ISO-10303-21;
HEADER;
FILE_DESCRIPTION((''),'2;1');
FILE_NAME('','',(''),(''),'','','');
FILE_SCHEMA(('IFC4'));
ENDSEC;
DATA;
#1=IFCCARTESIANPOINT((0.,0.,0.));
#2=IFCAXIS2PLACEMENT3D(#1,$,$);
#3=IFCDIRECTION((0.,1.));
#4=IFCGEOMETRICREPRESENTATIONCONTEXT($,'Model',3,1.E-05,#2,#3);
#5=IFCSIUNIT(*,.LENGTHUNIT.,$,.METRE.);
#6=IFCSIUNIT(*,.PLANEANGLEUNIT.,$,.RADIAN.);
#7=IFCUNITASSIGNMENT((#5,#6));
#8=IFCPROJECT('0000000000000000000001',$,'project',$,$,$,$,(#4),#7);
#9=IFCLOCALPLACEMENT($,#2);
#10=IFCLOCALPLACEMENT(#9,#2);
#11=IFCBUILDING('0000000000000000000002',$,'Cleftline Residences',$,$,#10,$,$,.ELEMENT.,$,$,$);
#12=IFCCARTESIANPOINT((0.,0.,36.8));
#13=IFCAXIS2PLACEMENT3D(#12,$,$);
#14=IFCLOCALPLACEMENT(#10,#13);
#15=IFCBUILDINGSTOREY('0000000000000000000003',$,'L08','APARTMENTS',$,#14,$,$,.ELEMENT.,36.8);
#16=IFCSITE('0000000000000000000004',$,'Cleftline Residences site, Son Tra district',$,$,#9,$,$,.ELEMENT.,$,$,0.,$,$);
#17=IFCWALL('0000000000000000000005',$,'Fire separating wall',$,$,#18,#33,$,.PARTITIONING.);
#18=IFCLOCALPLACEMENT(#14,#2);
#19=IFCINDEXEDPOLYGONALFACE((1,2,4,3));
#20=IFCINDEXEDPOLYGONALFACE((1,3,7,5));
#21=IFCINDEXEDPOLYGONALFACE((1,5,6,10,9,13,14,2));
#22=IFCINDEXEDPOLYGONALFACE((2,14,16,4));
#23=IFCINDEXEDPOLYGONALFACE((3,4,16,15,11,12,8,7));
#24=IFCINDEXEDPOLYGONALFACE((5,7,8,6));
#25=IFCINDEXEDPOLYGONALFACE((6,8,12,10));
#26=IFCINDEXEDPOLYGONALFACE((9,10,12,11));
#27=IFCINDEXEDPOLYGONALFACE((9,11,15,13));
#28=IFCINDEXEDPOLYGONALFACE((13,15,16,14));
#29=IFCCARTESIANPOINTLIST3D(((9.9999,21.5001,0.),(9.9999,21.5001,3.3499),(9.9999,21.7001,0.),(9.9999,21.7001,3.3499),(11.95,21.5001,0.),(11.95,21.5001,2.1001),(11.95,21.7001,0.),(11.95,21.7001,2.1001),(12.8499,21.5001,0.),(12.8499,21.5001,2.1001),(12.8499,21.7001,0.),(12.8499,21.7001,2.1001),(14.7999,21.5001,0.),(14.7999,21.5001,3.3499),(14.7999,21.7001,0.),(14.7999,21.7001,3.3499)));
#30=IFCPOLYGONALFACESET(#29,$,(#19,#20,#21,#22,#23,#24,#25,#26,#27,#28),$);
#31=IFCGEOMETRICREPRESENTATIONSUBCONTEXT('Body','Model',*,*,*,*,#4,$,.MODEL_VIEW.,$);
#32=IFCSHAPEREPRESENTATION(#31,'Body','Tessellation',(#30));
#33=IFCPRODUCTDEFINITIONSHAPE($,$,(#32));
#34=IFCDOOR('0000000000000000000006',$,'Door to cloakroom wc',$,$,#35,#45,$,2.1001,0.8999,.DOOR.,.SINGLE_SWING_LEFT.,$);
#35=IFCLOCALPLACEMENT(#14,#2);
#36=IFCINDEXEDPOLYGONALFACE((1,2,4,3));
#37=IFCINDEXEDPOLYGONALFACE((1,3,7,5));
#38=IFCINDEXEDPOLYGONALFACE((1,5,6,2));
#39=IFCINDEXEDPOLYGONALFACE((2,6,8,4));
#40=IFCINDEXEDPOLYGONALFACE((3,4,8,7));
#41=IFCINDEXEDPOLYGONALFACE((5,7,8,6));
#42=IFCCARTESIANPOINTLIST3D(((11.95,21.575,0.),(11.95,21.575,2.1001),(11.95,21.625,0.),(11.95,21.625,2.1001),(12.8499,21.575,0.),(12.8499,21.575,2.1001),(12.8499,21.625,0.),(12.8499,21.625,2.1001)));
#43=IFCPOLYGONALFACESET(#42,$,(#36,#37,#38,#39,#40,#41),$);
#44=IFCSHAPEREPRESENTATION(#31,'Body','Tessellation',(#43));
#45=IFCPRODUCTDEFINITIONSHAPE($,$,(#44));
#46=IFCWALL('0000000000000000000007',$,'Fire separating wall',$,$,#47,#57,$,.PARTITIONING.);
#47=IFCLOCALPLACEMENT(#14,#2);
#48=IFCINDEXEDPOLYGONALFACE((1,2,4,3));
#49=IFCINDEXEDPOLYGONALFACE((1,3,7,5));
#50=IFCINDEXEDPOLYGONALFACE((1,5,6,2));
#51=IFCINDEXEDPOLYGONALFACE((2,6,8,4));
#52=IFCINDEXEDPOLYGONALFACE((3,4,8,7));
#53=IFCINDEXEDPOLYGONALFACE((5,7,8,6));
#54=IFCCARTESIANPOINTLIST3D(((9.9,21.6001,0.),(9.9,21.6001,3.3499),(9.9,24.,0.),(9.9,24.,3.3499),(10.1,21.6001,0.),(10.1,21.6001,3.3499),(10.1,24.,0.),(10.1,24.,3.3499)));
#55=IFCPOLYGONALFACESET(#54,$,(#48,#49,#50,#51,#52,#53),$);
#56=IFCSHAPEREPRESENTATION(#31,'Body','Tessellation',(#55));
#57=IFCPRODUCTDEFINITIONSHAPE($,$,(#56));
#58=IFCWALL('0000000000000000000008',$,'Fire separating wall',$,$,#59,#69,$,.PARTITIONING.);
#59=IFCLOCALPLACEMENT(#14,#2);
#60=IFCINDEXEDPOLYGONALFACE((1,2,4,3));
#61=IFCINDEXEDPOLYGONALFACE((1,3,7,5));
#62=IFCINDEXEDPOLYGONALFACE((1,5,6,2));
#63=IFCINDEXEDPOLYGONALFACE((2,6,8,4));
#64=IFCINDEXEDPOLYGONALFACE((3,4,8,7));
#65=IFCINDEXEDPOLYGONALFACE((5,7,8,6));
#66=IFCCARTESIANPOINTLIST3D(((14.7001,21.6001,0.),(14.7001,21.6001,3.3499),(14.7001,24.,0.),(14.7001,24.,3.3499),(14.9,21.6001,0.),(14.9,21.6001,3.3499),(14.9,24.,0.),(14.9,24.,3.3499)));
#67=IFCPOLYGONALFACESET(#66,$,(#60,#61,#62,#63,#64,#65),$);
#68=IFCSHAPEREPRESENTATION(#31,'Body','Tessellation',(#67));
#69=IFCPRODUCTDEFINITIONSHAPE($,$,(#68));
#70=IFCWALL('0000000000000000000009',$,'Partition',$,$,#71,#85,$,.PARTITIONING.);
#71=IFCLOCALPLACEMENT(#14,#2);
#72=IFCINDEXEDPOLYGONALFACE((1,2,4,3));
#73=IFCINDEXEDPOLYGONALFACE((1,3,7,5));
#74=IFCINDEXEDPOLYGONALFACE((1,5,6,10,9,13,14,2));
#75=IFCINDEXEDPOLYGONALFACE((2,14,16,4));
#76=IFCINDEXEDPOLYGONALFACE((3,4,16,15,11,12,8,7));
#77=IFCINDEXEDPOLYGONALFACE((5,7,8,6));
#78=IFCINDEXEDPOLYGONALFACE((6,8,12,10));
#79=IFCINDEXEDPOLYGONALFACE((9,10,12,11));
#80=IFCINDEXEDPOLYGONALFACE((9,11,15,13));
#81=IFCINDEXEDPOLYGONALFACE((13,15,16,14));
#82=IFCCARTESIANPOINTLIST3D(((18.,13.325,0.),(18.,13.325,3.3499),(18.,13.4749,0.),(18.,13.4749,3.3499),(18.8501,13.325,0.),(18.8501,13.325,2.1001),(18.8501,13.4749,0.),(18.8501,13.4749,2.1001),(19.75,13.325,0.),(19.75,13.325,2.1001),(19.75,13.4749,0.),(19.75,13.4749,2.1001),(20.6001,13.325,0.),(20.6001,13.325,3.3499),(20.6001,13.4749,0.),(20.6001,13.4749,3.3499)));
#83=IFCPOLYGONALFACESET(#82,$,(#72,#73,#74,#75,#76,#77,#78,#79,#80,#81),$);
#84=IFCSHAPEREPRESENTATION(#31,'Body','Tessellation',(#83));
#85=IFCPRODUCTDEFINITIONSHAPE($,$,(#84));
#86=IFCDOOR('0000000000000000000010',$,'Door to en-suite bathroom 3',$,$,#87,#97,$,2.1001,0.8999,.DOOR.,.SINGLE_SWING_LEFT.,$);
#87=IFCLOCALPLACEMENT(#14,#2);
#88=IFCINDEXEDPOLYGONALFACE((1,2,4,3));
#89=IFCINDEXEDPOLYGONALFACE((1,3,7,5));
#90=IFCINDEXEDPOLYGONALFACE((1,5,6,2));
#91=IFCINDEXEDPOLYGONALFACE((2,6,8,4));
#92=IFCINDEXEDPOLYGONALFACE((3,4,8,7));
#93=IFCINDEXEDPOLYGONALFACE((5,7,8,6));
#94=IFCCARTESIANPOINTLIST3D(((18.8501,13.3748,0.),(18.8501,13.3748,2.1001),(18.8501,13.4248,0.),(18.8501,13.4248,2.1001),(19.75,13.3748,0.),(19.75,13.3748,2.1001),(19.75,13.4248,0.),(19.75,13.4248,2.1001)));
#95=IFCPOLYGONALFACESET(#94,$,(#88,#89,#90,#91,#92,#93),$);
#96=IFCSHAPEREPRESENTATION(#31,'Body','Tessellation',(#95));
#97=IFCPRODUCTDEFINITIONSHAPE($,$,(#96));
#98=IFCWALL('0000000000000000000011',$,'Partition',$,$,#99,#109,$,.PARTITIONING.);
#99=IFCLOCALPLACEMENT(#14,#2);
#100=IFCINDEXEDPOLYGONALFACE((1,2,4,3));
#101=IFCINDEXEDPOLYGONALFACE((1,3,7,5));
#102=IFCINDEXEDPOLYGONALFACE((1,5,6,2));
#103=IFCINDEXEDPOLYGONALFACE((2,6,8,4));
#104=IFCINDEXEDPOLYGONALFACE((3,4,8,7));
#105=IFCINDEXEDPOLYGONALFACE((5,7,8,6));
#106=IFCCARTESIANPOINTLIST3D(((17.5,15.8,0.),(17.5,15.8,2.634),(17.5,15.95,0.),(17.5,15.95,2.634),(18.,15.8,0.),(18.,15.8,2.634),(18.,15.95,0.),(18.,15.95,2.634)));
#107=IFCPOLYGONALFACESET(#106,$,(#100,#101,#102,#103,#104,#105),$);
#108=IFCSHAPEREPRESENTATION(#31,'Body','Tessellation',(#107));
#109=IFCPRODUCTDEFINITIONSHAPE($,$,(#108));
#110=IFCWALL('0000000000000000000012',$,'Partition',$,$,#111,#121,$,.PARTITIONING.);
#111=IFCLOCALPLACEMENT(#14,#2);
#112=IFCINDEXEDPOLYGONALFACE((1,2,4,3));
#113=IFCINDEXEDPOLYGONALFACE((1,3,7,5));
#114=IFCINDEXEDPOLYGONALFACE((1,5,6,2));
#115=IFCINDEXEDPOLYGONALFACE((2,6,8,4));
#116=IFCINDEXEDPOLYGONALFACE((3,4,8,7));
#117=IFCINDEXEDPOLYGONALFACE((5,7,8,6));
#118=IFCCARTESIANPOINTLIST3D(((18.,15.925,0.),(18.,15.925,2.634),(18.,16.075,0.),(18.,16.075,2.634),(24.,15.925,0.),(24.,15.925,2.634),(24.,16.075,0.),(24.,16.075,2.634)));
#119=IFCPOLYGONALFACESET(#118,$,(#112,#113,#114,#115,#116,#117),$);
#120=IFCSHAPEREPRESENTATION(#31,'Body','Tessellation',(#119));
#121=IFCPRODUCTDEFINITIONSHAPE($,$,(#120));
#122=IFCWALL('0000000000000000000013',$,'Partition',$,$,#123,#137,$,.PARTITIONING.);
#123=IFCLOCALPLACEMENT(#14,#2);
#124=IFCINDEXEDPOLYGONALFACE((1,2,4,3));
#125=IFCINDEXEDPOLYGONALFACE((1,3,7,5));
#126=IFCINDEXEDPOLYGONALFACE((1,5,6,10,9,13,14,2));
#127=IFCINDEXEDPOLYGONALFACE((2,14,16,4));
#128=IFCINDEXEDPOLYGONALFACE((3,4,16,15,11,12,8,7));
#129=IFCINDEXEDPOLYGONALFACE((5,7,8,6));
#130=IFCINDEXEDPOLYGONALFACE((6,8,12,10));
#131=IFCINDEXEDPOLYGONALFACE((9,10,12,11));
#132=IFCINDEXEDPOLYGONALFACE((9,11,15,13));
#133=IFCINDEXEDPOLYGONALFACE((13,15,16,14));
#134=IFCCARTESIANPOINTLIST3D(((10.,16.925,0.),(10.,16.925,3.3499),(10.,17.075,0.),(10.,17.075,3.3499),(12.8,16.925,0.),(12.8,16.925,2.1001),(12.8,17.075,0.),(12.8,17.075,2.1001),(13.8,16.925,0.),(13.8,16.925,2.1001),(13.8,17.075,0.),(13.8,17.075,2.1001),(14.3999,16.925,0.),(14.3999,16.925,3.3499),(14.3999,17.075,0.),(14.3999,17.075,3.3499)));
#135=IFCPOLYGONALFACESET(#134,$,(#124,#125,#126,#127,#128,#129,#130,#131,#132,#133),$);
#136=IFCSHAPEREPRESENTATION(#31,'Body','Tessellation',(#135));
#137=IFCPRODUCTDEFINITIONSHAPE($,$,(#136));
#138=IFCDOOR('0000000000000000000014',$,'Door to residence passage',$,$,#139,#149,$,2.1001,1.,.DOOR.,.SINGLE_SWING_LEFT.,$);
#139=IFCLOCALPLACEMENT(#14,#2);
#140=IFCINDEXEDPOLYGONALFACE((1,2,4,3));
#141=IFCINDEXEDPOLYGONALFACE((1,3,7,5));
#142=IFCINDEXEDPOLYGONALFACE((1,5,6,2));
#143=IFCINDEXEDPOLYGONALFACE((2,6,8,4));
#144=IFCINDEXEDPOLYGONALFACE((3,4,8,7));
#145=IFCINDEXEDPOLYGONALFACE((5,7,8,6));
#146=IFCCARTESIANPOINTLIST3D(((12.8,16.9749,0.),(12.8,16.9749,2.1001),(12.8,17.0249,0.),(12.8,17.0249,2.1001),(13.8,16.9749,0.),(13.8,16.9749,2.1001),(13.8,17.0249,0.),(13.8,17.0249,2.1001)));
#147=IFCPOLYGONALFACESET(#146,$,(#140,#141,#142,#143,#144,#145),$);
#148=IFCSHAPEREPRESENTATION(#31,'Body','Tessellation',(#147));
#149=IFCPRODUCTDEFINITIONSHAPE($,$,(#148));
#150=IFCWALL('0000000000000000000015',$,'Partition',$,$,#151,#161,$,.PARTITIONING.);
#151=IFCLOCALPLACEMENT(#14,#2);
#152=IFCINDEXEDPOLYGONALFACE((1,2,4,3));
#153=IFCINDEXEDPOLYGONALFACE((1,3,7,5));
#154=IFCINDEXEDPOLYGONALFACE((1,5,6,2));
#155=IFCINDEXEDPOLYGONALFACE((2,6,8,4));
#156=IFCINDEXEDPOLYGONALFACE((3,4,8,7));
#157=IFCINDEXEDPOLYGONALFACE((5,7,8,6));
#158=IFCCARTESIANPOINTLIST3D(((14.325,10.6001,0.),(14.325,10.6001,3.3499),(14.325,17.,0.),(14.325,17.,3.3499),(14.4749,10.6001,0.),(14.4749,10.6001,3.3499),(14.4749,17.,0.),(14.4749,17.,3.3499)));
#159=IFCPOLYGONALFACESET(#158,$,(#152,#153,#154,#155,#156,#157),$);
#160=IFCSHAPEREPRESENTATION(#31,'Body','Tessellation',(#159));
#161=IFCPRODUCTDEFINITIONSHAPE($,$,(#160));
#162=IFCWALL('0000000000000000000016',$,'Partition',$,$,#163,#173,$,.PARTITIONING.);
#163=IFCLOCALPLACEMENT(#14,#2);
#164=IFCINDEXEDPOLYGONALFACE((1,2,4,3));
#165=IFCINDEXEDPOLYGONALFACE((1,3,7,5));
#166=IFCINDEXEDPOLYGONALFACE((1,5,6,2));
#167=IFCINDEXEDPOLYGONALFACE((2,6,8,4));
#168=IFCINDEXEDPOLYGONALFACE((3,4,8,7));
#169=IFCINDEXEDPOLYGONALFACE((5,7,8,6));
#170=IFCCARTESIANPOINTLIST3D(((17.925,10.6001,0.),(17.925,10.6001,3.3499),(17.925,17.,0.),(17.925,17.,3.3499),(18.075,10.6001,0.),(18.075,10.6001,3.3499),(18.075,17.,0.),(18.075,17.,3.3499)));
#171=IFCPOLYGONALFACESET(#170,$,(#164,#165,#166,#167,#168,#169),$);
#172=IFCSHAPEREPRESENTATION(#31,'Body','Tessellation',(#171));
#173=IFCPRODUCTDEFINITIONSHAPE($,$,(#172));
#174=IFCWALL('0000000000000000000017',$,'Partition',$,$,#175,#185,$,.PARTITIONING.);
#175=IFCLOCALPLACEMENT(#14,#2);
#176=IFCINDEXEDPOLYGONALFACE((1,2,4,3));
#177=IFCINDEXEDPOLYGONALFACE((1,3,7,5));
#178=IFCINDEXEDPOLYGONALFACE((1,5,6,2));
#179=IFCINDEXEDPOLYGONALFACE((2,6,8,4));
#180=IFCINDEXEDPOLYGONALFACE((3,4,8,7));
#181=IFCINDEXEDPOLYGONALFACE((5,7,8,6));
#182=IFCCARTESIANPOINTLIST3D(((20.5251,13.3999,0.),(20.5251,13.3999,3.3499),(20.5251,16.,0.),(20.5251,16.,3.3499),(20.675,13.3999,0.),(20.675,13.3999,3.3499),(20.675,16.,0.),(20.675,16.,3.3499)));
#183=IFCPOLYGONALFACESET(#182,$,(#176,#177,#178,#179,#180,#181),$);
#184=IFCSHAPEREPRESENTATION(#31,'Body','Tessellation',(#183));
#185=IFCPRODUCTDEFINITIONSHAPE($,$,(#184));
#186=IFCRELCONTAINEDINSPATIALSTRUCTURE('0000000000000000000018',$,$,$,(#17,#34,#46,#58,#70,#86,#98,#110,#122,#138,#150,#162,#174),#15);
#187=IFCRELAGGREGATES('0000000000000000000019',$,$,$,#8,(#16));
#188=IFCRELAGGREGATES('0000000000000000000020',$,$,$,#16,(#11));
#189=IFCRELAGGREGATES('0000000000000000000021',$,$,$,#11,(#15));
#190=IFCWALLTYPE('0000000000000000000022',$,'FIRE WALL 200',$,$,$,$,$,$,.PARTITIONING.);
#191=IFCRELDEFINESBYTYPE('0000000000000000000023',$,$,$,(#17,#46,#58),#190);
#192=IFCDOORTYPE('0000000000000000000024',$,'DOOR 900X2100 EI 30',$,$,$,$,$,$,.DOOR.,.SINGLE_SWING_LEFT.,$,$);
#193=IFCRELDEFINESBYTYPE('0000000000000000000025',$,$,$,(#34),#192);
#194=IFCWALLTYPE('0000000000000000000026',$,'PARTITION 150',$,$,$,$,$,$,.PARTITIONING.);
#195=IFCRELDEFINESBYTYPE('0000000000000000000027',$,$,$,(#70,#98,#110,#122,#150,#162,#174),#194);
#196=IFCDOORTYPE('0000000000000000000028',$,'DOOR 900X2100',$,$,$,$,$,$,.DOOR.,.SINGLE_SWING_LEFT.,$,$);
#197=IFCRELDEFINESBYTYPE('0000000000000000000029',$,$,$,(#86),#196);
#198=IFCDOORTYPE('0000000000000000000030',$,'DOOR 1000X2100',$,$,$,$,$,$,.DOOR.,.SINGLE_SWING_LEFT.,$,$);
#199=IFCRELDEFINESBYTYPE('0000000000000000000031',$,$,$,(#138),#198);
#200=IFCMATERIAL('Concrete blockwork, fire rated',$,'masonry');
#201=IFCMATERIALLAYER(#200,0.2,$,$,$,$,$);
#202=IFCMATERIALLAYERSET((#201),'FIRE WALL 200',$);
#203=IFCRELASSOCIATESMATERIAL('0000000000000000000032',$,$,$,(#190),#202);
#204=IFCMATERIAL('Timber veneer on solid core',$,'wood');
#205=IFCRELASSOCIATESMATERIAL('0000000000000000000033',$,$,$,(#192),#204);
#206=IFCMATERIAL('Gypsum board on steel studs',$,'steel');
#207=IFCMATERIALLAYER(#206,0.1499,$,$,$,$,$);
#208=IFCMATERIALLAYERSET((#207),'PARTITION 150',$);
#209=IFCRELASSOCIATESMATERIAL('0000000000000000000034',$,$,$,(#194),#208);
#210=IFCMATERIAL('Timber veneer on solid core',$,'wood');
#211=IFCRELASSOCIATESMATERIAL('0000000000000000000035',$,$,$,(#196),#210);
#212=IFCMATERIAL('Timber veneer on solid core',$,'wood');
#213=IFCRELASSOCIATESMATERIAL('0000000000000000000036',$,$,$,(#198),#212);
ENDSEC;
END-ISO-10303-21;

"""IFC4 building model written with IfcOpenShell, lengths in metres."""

from ifc_helpers import new_model, si_unit, direction, frame, frame_2d, origin, place, context, subcontext, project, spatial, rectangle, extrude, material, layer, layer_set, type_object, element, fill, save


model = new_model("IFC4")

# Units and contexts
model_context = context("Model", 3, precision=1e-05, world=origin(), true_north=direction((0.0, 1.0)))
body_context = subcontext(model_context, "Body", "Model", "MODEL_VIEW")
ifc_project = project(units=[si_unit("LENGTHUNIT", "METRE"), si_unit("PLANEANGLEUNIT", "RADIAN")], contexts=[model_context])

# Site, building, storey
site_placement = place(None, origin())
site = spatial("IfcSite", under=ifc_project, at=site_placement, Name="Cleftline Residences site, Son Tra district", CompositionType="ELEMENT", RefElevation=0.0)
building_placement = place(site_placement, origin())
building = spatial("IfcBuilding", under=site, at=building_placement, Name="Cleftline Residences", CompositionType="ELEMENT")
storey_placement = place(building_placement, frame((0.0, 0.0, 36.8)))
storey = spatial("IfcBuildingStorey", under=building, at=storey_placement, Name="L08", Description="APARTMENTS", CompositionType="ELEMENT", Elevation=36.8)

# Shared definitions
ifc_material_1 = material(Name="Concrete blockwork, fire rated", Category="masonry")
ifc_layer_1 = layer(ifc_material_1, 0.2)
ifc_layer_set_1 = layer_set([ifc_layer_1], Name="FIRE WALL 200")
wall_type_1 = type_object("IfcWallType", Name="FIRE WALL 200", PredefinedType="PARTITIONING", material=ifc_layer_set_1)

# Wall, opening, door
wall_1_placement = place(storey_placement, frame((10.0, 21.6001, 0.0), z_axis=(0.0, 0.0, 1.0), x_axis=(1.0, 0.0, 0.0)))
wall_1 = element("IfcWall", 1, at=wall_1_placement, inside=storey, type_object=wall_type_1, Name="Fire separating wall", PredefinedType="PARTITIONING", context=body_context, shape_type="SweptSolid", body=[
    extrude(rectangle(XDim=4.8, YDim=0.2, at=frame_2d((2.3999, 0.0))), origin(), (0.0, 0.0, 1.0), 3.3499),
])
opening_1_placement = place(wall_1_placement, frame((1.95, 0.0, 0.0)))
opening_1 = element("IfcOpeningElement", 2, at=opening_1_placement, cuts=wall_1, PredefinedType="OPENING", context=body_context, shape_type="SweptSolid", body=[
    extrude(rectangle(XDim=0.8999, YDim=2.1001, at=frame_2d((0.45, 1.05))), frame((0.0, 0.1099, 0.0), z_axis=(0.0, -1.0, 0.0), x_axis=(1.0, 0.0, 0.0)), (0.0, 0.0, 1.0), 0.22),
])
ifc_material_2 = material(Name="Timber veneer on solid core", Category="wood")
door_type_1 = type_object("IfcDoorType", Name="DOOR 900X2100 EI 30", OperationType="SINGLE_SWING_LEFT", PredefinedType="DOOR", material=ifc_material_2)
door_1_placement = place(opening_1_placement, origin())
door_1 = element("IfcDoor", 3, at=door_1_placement, inside=storey, type_object=door_type_1, Name="Door to cloakroom wc", OperationType="SINGLE_SWING_LEFT", OverallHeight=2.1001, OverallWidth=0.8999, PredefinedType="DOOR", context=body_context, shape_type="SweptSolid", body=[
    extrude(rectangle(XDim=0.8999, YDim=2.1001, at=frame_2d((0.45, 1.05))), frame((0.0, 0.0249, 0.0), z_axis=(0.0, -1.0, 0.0), x_axis=(1.0, 0.0, 0.0)), (0.0, 0.0, 1.0), 0.05),
])
fill(opening_1, door_1)

# Walls
for number, where, z_axis, x_axis, name in (
    (4, (10.0, 21.6001, 0.0), (0.0, 0.0, 1.0), (0.0, 1.0, 0.0), "Fire separating wall"),
    (5, (14.8, 21.6001, 0.0), (0.0, 0.0, 1.0), (0.0, 1.0, 0.0), "Fire separating wall"),
):
    element("IfcWall", number, at=place(storey_placement, frame(where, z_axis=z_axis, x_axis=x_axis)), inside=storey, type_object=wall_type_1, Name=name, PredefinedType="PARTITIONING", context=body_context, shape_type="SweptSolid", body=[
        extrude(rectangle(XDim=2.3999, YDim=0.2, at=frame_2d((1.2, 0.0))), origin(), (0.0, 0.0, 1.0), 3.3499),
    ])

# Wall, opening, door
ifc_material_3 = material(Name="Gypsum board on steel studs", Category="steel")
ifc_layer_2 = layer(ifc_material_3, 0.1499)
ifc_layer_set_2 = layer_set([ifc_layer_2], Name="PARTITION 150")
wall_type_2 = type_object("IfcWallType", Name="PARTITION 150", PredefinedType="PARTITIONING", material=ifc_layer_set_2)
wall_2_placement = place(storey_placement, frame((18.0, 13.3999, 0.0), z_axis=(0.0, 0.0, 1.0), x_axis=(1.0, 0.0, 0.0)))
wall_2 = element("IfcWall", 6, at=wall_2_placement, inside=storey, type_object=wall_type_2, Name="Partition", PredefinedType="PARTITIONING", context=body_context, shape_type="SweptSolid", body=[
    extrude(rectangle(XDim=2.6001, YDim=0.1499, at=frame_2d((1.3, 0.0))), origin(), (0.0, 0.0, 1.0), 3.3499),
])
opening_2_placement = place(wall_2_placement, frame((0.8501, 0.0, 0.0)))
opening_2 = element("IfcOpeningElement", 7, at=opening_2_placement, cuts=wall_2, PredefinedType="OPENING", context=body_context, shape_type="SweptSolid", body=[
    extrude(rectangle(XDim=0.8999, YDim=2.1001, at=frame_2d((0.45, 1.05))), frame((0.0, 0.085, 0.0), z_axis=(0.0, -1.0, 0.0), x_axis=(1.0, 0.0, 0.0)), (0.0, 0.0, 1.0), 0.1699),
])
ifc_material_4 = material(Name="Timber veneer on solid core", Category="wood")
door_type_2 = type_object("IfcDoorType", Name="DOOR 900X2100", OperationType="SINGLE_SWING_LEFT", PredefinedType="DOOR", material=ifc_material_4)
door_2_placement = place(opening_2_placement, origin())
door_2 = element("IfcDoor", 8, at=door_2_placement, inside=storey, type_object=door_type_2, Name="Door to en-suite bathroom 3", OperationType="SINGLE_SWING_LEFT", OverallHeight=2.1001, OverallWidth=0.8999, PredefinedType="DOOR", context=body_context, shape_type="SweptSolid", body=[
    extrude(rectangle(XDim=0.8999, YDim=2.1001, at=frame_2d((0.45, 1.05))), frame((0.0, 0.0249, 0.0), z_axis=(0.0, -1.0, 0.0), x_axis=(1.0, 0.0, 0.0)), (0.0, 0.0, 1.0), 0.05),
])
fill(opening_2, door_2)

# Walls
wall_3_placement = place(storey_placement, frame((17.5, 15.875, 0.0), z_axis=(0.0, 0.0, 1.0), x_axis=(1.0, 0.0, 0.0)))
element("IfcWall", 9, at=wall_3_placement, inside=storey, type_object=wall_type_2, Name="Partition", PredefinedType="PARTITIONING", context=body_context, shape_type="SweptSolid", body=[
    extrude(rectangle(XDim=0.5, YDim=0.1499, at=frame_2d((0.25, 0.0))), origin(), (0.0, 0.0, 1.0), 2.634),
])
wall_4_placement = place(storey_placement, frame((18.0, 16.0, 0.0), z_axis=(0.0, 0.0, 1.0), x_axis=(1.0, 0.0, 0.0)))
element("IfcWall", 10, at=wall_4_placement, inside=storey, type_object=wall_type_2, Name="Partition", PredefinedType="PARTITIONING", context=body_context, shape_type="SweptSolid", body=[
    extrude(rectangle(XDim=6.0, YDim=0.1499, at=frame_2d((3.0, 0.0))), origin(), (0.0, 0.0, 1.0), 2.634),
])

# Wall, opening, door
wall_5_placement = place(storey_placement, frame((10.0, 17.0, 0.0), z_axis=(0.0, 0.0, 1.0), x_axis=(1.0, 0.0, 0.0)))
wall_5 = element("IfcWall", 11, at=wall_5_placement, inside=storey, type_object=wall_type_2, Name="Partition", PredefinedType="PARTITIONING", context=body_context, shape_type="SweptSolid", body=[
    extrude(rectangle(XDim=4.3999, YDim=0.1499, at=frame_2d((2.2, 0.0))), origin(), (0.0, 0.0, 1.0), 3.3499),
])
opening_3_placement = place(wall_5_placement, frame((2.8, 0.0, 0.0)))
opening_3 = element("IfcOpeningElement", 12, at=opening_3_placement, cuts=wall_5, PredefinedType="OPENING", context=body_context, shape_type="SweptSolid", body=[
    extrude(rectangle(XDim=1.0, YDim=2.1001, at=frame_2d((0.5, 1.05))), frame((0.0, 0.085, 0.0), z_axis=(0.0, -1.0, 0.0), x_axis=(1.0, 0.0, 0.0)), (0.0, 0.0, 1.0), 0.1699),
])
ifc_material_5 = material(Name="Timber veneer on solid core", Category="wood")
door_type_3 = type_object("IfcDoorType", Name="DOOR 1000X2100", OperationType="SINGLE_SWING_LEFT", PredefinedType="DOOR", material=ifc_material_5)
door_3_placement = place(opening_3_placement, origin())
door_3 = element("IfcDoor", 13, at=door_3_placement, inside=storey, type_object=door_type_3, Name="Door to residence passage", OperationType="SINGLE_SWING_LEFT", OverallHeight=2.1001, OverallWidth=1.0, PredefinedType="DOOR", context=body_context, shape_type="SweptSolid", body=[
    extrude(rectangle(XDim=1.0, YDim=2.1001, at=frame_2d((0.5, 1.05))), frame((0.0, 0.0249, 0.0), z_axis=(0.0, -1.0, 0.0), x_axis=(1.0, 0.0, 0.0)), (0.0, 0.0, 1.0), 0.05),
])
fill(opening_3, door_3)

# Walls
for number, where, z_axis, x_axis, name in (
    (14, (14.3999, 10.6001, 0.0), (0.0, 0.0, 1.0), (0.0, 1.0, 0.0), "Partition"),
    (15, (18.0, 10.6001, 0.0), (0.0, 0.0, 1.0), (0.0, 1.0, 0.0), "Partition"),
):
    element("IfcWall", number, at=place(storey_placement, frame(where, z_axis=z_axis, x_axis=x_axis)), inside=storey, type_object=wall_type_2, Name=name, PredefinedType="PARTITIONING", context=body_context, shape_type="SweptSolid", body=[
        extrude(rectangle(XDim=6.3999, YDim=0.1499, at=frame_2d((3.2, 0.0))), origin(), (0.0, 0.0, 1.0), 3.3499),
    ])
wall_6_placement = place(storey_placement, frame((20.6001, 13.3999, 0.0), z_axis=(0.0, 0.0, 1.0), x_axis=(0.0, 1.0, 0.0)))
element("IfcWall", 16, at=wall_6_placement, inside=storey, type_object=wall_type_2, Name="Partition", PredefinedType="PARTITIONING", context=body_context, shape_type="SweptSolid", body=[
    extrude(rectangle(XDim=2.6001, YDim=0.1499, at=frame_2d((1.3, 0.0))), origin(), (0.0, 0.0, 1.0), 3.3499),
])

save(model, "model.ifc")
